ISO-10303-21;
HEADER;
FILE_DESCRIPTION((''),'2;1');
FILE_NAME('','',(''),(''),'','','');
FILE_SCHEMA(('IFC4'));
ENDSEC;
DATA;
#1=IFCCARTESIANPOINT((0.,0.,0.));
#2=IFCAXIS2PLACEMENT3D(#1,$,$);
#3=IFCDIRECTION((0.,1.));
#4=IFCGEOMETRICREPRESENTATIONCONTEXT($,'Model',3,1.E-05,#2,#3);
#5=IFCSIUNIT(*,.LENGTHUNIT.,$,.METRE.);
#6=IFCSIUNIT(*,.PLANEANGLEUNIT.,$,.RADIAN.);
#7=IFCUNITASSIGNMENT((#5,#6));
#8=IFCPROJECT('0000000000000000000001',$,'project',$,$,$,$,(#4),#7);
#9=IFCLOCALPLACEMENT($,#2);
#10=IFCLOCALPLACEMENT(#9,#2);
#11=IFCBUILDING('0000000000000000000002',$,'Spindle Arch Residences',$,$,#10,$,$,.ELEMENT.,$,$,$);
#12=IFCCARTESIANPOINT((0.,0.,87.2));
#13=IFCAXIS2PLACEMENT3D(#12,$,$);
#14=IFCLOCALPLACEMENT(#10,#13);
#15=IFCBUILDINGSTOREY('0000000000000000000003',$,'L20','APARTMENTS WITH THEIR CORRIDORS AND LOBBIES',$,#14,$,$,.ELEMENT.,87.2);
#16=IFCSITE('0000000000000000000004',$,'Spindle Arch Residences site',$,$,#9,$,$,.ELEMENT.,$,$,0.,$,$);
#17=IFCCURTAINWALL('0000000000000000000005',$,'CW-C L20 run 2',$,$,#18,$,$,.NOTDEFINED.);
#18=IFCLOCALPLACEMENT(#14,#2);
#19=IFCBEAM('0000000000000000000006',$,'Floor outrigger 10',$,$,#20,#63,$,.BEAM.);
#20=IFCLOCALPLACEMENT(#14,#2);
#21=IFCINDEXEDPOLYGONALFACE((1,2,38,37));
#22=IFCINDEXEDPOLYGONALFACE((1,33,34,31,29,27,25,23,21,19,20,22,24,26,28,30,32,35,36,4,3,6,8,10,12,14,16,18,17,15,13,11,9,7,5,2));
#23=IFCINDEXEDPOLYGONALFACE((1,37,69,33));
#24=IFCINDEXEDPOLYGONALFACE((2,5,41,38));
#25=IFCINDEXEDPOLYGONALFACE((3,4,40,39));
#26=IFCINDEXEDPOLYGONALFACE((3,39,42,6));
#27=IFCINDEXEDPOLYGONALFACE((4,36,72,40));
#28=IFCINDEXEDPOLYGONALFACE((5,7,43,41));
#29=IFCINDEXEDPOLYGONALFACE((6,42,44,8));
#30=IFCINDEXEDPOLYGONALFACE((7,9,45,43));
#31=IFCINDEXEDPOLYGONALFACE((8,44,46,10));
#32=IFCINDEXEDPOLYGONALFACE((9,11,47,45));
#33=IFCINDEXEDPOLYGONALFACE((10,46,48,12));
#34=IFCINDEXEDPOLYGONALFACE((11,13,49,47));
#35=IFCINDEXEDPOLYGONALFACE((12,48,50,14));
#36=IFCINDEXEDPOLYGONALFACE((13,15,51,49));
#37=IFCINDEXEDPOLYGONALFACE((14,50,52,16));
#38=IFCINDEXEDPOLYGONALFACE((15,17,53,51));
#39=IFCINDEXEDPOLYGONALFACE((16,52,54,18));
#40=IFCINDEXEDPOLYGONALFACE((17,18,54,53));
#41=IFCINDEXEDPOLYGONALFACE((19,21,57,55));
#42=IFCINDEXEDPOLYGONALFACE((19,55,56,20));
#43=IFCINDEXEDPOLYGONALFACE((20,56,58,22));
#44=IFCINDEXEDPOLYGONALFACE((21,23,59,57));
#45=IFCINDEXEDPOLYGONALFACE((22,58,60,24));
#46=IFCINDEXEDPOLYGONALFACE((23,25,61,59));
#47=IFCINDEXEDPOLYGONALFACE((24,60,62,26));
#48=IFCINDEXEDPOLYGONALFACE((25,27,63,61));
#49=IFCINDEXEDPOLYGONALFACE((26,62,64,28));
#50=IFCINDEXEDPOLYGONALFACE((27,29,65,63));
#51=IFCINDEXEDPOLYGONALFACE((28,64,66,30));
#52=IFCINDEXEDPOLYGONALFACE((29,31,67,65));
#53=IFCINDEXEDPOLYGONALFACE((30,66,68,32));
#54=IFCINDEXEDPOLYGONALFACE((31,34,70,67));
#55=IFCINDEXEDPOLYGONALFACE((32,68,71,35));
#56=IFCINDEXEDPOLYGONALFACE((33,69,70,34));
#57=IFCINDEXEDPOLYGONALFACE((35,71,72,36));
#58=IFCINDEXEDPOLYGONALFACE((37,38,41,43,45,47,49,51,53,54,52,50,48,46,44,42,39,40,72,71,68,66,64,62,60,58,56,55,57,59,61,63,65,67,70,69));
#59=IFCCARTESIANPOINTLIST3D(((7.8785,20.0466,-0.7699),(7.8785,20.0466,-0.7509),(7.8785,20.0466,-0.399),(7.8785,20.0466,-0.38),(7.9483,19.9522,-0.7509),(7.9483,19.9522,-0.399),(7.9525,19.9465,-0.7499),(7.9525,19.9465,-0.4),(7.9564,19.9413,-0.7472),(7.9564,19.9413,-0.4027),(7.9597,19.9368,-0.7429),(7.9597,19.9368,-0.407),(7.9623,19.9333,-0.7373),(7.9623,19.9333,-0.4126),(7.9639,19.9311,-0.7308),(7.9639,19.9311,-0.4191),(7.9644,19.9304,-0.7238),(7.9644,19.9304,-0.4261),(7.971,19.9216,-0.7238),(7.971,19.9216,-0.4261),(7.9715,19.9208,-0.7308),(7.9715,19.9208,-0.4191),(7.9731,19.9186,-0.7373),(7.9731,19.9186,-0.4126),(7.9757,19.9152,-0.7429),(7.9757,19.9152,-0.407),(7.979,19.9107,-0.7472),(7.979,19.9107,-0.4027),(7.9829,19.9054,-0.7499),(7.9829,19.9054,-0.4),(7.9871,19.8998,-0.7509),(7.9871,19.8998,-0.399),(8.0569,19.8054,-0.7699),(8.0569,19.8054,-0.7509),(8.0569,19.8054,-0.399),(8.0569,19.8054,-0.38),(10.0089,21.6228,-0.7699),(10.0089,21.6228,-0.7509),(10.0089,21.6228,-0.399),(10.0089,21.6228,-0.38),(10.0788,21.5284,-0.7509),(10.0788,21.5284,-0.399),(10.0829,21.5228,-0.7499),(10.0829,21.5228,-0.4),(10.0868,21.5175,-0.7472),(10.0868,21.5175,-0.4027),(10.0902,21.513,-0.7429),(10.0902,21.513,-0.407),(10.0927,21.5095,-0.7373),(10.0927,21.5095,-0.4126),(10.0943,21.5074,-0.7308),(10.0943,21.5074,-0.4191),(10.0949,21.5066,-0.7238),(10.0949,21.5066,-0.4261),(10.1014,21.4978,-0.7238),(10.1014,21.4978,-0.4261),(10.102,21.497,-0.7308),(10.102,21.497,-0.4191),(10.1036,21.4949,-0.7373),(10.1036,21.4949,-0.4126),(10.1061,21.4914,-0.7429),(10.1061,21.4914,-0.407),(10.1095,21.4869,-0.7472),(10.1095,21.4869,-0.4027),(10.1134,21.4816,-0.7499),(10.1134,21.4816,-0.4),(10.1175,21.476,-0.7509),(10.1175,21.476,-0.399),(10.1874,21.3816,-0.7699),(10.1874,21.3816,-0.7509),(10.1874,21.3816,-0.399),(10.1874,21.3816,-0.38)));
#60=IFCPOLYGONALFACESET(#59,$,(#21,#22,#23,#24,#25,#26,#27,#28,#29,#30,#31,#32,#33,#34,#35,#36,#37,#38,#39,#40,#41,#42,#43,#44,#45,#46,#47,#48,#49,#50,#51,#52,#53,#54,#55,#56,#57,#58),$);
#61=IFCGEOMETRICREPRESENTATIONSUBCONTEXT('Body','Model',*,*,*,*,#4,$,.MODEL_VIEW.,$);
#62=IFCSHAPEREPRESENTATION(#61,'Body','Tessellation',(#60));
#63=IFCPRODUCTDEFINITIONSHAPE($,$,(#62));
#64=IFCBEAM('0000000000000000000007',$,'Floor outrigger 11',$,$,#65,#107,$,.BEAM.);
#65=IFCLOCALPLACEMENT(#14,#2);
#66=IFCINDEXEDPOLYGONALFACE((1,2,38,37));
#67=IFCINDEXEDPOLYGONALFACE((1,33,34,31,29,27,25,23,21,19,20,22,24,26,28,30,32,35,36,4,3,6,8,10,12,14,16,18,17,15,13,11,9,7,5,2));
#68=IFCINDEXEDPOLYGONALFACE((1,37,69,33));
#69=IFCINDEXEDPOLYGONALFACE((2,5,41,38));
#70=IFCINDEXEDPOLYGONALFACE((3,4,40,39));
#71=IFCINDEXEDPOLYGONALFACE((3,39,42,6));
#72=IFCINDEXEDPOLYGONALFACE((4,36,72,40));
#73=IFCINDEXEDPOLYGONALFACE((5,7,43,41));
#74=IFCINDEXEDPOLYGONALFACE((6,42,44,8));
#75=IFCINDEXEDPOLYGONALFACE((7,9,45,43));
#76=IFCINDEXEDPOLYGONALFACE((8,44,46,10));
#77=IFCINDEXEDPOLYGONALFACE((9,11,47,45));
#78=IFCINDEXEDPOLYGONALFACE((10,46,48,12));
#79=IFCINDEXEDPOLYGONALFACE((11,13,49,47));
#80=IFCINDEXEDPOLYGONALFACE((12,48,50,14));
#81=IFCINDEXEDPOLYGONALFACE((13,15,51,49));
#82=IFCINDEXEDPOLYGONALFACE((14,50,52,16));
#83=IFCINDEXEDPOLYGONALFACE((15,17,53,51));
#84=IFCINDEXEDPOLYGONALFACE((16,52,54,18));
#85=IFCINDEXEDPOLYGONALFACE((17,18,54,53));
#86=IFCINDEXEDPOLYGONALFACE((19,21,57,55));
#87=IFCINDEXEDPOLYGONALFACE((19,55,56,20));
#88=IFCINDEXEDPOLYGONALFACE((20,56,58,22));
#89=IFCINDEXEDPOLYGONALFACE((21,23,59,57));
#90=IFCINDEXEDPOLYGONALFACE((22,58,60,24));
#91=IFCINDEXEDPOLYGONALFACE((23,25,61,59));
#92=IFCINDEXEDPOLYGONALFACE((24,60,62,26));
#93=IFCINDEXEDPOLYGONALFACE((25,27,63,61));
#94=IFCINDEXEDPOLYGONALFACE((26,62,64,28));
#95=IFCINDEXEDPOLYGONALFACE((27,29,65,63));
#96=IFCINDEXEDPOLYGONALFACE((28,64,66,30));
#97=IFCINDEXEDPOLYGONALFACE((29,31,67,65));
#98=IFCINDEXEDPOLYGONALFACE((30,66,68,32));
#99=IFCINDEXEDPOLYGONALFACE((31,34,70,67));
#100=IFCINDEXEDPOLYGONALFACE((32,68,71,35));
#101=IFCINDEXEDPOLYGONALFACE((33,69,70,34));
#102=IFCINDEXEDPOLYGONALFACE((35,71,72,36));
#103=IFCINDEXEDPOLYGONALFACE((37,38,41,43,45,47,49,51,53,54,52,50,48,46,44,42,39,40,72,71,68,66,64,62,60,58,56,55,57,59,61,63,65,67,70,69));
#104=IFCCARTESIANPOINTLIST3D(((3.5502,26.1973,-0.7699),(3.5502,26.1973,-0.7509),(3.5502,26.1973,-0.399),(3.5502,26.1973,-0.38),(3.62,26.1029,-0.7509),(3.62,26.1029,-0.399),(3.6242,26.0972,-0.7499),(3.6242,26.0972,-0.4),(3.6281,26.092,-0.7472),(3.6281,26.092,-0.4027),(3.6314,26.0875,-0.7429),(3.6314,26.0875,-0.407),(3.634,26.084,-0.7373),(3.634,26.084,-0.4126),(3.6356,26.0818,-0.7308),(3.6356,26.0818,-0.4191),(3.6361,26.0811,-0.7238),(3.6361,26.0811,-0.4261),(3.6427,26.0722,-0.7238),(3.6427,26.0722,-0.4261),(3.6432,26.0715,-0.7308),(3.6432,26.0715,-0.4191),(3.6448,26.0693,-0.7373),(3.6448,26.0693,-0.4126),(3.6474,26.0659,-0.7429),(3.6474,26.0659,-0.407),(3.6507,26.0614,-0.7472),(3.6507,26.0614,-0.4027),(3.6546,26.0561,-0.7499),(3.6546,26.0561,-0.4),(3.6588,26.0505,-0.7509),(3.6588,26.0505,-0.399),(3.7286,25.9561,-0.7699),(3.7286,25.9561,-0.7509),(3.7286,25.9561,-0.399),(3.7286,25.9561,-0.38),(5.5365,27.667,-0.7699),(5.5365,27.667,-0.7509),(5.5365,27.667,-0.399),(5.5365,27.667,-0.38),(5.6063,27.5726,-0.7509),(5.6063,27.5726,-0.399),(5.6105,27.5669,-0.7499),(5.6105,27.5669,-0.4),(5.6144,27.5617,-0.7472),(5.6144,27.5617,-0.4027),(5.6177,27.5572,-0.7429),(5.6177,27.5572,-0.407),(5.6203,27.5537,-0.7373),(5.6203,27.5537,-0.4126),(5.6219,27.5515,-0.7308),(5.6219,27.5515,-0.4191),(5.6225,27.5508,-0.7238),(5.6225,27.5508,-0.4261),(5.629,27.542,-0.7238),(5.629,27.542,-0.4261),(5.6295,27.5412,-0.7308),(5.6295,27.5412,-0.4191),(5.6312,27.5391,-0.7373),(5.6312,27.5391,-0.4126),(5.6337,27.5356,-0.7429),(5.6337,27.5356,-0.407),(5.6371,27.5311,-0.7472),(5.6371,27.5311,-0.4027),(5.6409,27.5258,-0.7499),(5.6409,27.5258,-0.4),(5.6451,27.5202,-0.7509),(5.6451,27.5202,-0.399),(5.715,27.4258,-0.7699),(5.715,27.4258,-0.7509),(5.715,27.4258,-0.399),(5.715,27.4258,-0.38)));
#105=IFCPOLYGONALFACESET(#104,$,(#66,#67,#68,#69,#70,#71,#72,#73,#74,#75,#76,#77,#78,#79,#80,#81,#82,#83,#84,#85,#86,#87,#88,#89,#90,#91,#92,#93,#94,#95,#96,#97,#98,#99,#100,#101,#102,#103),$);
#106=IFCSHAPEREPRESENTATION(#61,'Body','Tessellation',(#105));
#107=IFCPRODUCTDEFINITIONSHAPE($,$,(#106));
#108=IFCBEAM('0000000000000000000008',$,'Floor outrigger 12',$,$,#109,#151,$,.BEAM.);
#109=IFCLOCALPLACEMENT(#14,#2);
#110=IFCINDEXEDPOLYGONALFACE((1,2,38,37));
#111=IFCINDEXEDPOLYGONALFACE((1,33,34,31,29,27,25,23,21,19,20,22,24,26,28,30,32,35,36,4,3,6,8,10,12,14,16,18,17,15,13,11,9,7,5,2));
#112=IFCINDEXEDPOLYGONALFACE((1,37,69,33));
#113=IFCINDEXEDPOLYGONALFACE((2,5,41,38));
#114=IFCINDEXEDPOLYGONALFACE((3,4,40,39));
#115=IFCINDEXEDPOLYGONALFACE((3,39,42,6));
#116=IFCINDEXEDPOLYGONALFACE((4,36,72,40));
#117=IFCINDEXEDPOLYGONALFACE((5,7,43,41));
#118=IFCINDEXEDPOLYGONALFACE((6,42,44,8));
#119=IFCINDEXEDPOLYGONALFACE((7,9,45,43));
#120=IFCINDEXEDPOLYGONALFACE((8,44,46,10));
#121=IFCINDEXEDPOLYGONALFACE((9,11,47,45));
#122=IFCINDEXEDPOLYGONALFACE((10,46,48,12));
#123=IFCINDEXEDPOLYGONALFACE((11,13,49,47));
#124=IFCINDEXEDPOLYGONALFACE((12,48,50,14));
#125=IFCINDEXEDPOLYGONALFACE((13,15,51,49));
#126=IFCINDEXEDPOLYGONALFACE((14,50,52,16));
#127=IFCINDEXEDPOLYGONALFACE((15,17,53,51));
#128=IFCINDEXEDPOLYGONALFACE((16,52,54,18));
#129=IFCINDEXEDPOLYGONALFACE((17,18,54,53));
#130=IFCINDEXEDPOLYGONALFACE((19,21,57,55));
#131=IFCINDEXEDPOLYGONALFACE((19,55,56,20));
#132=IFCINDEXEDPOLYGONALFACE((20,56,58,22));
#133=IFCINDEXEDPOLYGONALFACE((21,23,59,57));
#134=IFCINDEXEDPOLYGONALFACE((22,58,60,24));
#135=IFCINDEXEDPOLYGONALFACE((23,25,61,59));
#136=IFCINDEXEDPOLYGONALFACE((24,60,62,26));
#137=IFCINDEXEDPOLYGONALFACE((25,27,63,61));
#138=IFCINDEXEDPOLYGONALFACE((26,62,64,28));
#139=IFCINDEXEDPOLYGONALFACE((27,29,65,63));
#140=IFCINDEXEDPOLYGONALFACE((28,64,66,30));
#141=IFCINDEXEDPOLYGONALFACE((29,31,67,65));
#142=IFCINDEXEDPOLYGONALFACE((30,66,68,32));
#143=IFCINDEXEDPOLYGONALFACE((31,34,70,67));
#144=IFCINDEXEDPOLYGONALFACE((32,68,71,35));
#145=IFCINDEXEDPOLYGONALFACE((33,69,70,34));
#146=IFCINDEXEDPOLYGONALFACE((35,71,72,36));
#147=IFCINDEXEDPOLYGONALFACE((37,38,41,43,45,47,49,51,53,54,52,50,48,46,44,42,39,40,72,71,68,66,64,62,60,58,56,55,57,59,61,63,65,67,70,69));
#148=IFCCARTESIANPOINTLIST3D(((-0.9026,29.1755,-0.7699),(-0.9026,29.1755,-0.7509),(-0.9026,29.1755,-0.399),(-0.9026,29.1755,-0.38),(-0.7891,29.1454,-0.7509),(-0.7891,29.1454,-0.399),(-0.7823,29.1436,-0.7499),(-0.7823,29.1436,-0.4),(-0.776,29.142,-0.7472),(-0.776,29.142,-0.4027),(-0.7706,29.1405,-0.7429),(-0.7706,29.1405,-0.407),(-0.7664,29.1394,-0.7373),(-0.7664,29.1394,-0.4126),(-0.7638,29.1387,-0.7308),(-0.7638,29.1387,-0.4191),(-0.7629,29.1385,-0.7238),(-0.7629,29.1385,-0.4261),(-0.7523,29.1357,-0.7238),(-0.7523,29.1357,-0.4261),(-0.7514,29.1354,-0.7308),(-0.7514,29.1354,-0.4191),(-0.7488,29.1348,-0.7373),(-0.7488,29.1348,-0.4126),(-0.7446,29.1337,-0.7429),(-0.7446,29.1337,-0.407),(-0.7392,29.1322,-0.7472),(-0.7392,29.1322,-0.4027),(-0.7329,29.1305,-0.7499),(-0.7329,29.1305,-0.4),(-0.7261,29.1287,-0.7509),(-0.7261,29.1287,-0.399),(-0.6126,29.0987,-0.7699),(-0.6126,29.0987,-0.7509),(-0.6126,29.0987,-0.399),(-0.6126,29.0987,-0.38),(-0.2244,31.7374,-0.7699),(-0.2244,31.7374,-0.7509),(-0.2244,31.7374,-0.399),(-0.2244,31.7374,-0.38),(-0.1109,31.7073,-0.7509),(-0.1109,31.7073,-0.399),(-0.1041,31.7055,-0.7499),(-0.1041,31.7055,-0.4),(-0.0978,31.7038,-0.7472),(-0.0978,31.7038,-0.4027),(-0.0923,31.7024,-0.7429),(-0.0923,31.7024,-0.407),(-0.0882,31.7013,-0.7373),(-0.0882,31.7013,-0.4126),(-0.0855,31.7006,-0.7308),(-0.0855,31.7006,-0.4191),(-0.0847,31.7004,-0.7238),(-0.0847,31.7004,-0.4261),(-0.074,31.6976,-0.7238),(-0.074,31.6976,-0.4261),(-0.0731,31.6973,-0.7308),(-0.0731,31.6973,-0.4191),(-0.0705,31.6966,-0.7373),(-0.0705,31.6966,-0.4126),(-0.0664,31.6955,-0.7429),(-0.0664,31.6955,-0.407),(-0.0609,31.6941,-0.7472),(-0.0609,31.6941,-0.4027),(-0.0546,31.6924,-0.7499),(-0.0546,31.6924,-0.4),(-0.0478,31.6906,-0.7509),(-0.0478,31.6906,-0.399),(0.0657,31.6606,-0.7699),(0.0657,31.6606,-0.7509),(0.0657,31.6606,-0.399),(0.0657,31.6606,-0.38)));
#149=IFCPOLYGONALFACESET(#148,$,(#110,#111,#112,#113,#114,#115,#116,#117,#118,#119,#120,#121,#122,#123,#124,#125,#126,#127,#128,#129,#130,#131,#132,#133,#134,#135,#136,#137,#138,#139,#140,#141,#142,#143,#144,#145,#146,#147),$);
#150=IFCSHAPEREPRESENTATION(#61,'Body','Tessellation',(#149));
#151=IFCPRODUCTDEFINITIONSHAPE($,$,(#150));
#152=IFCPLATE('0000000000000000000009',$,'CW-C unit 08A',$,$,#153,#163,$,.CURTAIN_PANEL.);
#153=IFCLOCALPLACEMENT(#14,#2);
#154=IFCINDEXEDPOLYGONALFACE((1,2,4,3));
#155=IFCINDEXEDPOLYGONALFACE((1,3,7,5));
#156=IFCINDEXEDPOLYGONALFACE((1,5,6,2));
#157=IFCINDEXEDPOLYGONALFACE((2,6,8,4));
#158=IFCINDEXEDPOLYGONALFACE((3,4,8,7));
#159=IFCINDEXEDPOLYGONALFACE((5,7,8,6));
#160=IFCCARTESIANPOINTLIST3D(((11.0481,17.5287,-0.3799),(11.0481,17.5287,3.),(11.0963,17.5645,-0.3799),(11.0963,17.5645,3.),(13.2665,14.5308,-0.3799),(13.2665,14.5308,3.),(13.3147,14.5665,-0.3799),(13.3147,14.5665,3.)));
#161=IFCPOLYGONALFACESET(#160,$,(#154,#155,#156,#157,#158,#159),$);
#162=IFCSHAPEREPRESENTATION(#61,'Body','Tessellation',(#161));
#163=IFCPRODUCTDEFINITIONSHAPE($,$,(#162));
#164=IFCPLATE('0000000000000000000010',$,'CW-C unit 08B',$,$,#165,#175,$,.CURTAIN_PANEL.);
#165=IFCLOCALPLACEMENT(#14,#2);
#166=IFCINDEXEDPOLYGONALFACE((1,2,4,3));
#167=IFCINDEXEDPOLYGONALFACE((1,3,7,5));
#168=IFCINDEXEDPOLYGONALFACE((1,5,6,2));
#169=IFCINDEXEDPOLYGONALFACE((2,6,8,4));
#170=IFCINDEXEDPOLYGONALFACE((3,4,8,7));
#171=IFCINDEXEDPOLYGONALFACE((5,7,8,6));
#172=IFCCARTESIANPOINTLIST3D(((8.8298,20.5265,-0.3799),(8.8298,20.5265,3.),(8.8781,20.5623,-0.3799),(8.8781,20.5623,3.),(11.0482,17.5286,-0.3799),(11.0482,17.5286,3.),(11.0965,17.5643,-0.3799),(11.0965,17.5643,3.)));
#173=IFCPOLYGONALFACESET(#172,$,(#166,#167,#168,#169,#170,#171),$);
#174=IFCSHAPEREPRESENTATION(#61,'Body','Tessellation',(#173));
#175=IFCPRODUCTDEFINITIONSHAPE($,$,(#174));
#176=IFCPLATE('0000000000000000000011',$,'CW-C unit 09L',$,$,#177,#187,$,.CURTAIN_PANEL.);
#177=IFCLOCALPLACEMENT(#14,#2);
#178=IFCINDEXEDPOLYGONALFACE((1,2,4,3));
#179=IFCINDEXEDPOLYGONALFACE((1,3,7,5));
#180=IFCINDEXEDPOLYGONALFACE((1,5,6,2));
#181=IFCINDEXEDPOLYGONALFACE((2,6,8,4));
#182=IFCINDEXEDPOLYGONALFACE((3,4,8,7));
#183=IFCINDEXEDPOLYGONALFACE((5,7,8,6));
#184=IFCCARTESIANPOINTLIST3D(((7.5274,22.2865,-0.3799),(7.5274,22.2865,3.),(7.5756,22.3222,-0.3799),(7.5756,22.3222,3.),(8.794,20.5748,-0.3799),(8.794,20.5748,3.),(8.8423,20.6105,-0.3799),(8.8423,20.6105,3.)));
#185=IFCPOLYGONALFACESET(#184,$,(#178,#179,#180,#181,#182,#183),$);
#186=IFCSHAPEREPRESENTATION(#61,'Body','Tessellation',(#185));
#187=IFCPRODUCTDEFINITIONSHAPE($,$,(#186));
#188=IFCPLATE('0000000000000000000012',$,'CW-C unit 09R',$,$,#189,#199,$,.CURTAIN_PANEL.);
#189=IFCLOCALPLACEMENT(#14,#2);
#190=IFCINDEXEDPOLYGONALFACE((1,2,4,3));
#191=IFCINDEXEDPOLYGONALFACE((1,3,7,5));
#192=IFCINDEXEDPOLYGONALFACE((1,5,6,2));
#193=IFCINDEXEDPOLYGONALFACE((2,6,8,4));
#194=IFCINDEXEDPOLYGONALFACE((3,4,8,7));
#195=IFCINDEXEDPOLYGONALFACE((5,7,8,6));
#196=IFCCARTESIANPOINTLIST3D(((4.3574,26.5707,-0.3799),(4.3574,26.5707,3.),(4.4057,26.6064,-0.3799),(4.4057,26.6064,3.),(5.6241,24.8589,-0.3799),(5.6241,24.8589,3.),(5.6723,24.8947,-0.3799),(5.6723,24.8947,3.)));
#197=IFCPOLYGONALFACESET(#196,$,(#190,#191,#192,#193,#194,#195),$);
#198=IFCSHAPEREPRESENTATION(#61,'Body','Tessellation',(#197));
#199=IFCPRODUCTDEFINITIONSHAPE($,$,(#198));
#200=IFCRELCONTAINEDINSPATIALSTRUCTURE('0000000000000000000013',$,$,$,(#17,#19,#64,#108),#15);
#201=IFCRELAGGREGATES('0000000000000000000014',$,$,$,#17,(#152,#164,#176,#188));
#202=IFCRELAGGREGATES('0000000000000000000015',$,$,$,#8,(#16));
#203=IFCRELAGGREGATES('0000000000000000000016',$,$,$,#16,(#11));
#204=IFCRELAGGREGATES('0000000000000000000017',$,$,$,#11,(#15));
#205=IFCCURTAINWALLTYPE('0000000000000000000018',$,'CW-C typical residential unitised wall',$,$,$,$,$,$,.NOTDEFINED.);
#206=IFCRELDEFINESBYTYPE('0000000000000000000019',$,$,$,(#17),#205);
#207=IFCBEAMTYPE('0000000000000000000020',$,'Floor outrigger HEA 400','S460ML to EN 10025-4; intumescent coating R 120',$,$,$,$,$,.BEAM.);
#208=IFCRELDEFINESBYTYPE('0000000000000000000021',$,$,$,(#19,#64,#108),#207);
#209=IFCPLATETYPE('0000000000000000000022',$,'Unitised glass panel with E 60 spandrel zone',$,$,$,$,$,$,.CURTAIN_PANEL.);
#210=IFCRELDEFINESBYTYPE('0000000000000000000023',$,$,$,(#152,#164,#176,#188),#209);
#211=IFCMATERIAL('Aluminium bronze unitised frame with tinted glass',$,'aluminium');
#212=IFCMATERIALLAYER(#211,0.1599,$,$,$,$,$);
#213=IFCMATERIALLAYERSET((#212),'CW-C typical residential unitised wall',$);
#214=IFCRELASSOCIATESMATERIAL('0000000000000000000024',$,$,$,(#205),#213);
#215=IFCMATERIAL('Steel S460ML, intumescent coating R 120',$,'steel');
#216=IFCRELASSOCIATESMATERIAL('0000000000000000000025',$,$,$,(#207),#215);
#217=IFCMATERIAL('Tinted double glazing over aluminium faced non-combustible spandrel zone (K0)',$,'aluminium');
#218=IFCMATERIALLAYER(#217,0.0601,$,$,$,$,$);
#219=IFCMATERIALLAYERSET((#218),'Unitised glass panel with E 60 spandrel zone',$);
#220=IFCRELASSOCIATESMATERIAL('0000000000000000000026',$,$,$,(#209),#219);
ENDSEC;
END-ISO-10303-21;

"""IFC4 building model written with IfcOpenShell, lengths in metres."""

from ifc_helpers import new_model, si_unit, direction, frame, origin, origin_2d, place, context, subcontext, project, spatial, rectangle, i_section, extrude, material, layer, layer_set, material_profile, profile_set, type_object, element, aggregate, save


model = new_model("IFC4")

# Units and contexts
model_context = context("Model", 3, precision=1e-05, world=origin(), true_north=direction((0.0, 1.0)))
body_context = subcontext(model_context, "Body", "Model", "MODEL_VIEW")
ifc_project = project(units=[si_unit("LENGTHUNIT", "METRE"), si_unit("PLANEANGLEUNIT", "RADIAN")], contexts=[model_context])

# Site, building, storey
site_placement = place(None, origin())
site = spatial("IfcSite", under=ifc_project, at=site_placement, Name="Spindle Arch Residences site", CompositionType="ELEMENT", RefElevation=0.0)
building_placement = place(site_placement, origin())
building = spatial("IfcBuilding", under=site, at=building_placement, Name="Spindle Arch Residences", CompositionType="ELEMENT")
storey_placement = place(building_placement, frame((0.0, 0.0, 87.2)))
storey = spatial("IfcBuildingStorey", under=building, at=storey_placement, Name="L20", Description="APARTMENTS WITH THEIR CORRIDORS AND LOBBIES", CompositionType="ELEMENT", Elevation=87.2)

# Curtain wall
ifc_material_1 = material(Name="Aluminium bronze unitised frame with tinted glass", Category="aluminium")
ifc_layer_1 = layer(ifc_material_1, 0.1599)
ifc_layer_set_1 = layer_set([ifc_layer_1], Name="CW-C typical residential unitised wall")
curtain_wall_type_1 = type_object("IfcCurtainWallType", Name="CW-C typical residential unitised wall", PredefinedType="NOTDEFINED", material=ifc_layer_set_1)
curtain_wall_1_placement = place(storey_placement, origin())
curtain_wall_1 = element("IfcCurtainWall", 1, at=curtain_wall_1_placement, inside=storey, type_object=curtain_wall_type_1, Name="CW-C L20 run 2", PredefinedType="NOTDEFINED")

# Beams
ifc_material_2 = material(Name="Steel S460ML, intumescent coating R 120", Category="steel")
ifc_material_profile_1 = material_profile(ifc_material_2, i_section(OverallWidth=0.3, OverallDepth=0.3899, WebThickness=0.011, FlangeThickness=0.019, FilletRadius=0.0271, at=origin_2d()), Name="HEA 400")
ifc_profile_set_1 = profile_set([ifc_material_profile_1], Name="Steel S460ML, intumescent coating R 120")
beam_type_1 = type_object("IfcBeamType", Name="Floor outrigger HEA 400", Description="S460ML to EN 10025-4; intumescent coating R 120", PredefinedType="BEAM", material=ifc_profile_set_1)
beam_1_placement = place(storey_placement, frame((10.0981, 21.5022, -0.575), z_axis=(-0.803897, -0.594769, 0.0), x_axis=(0.594769, -0.803897, 0.0)))
element("IfcBeam", 2, at=beam_1_placement, inside=storey, type_object=beam_type_1, Name="Floor outrigger 10", PredefinedType="BEAM", context=body_context, shape_type="SweptSolid", body=[
    extrude(i_section(OverallWidth=0.3, OverallDepth=0.3899, WebThickness=0.011, FlangeThickness=0.019, FilletRadius=0.0271, at=origin_2d()), origin(), (0.0, 0.0, 1.0), 2.6501),
])
beam_2_placement = place(storey_placement, frame((5.6257, 27.5464, -0.575), z_axis=(-0.803872, -0.594802, 0.0), x_axis=(0.594802, -0.803872, 0.0)))
element("IfcBeam", 3, at=beam_2_placement, inside=storey, type_object=beam_type_1, Name="Floor outrigger 11", PredefinedType="BEAM", context=body_context, shape_type="SweptSolid", body=[
    extrude(i_section(OverallWidth=0.3, OverallDepth=0.3899, WebThickness=0.011, FlangeThickness=0.019, FilletRadius=0.0271, at=origin_2d()), origin(), (0.0, 0.0, 1.0), 2.4709),
])
beam_3_placement = place(storey_placement, frame((-0.0793, 31.699, -0.575), z_axis=(-0.255931, -0.966695, 0.0), x_axis=(0.966695, -0.255931, 0.0)))
element("IfcBeam", 4, at=beam_3_placement, inside=storey, type_object=beam_type_1, Name="Floor outrigger 12", PredefinedType="BEAM", context=body_context, shape_type="SweptSolid", body=[
    extrude(i_section(OverallWidth=0.3, OverallDepth=0.3899, WebThickness=0.011, FlangeThickness=0.019, FilletRadius=0.0271, at=origin_2d()), origin(), (0.0, 0.0, 1.0), 2.6501),
])

# Plates
ifc_material_3 = material(Name="Tinted double glazing over aluminium faced non-combustible spandrel zone (K0)", Category="aluminium")
ifc_layer_2 = layer(ifc_material_3, 0.0601)
ifc_layer_set_2 = layer_set([ifc_layer_2], Name="Unitised glass panel with E 60 spandrel zone")
plate_type = type_object("IfcPlateType", Name="Unitised glass panel with E 60 spandrel zone", PredefinedType="CURTAIN_PANEL", material=ifc_layer_set_2)
plate_1_placement = place(storey_placement, frame((12.1814, 16.0476, -0.3799), z_axis=(0.0, 0.0, 1.0), x_axis=(-0.594823, 0.803857, 0.0)))
plate_1 = element("IfcPlate", 5, at=plate_1_placement, type_object=plate_type, Name="CW-C unit 08A", PredefinedType="CURTAIN_PANEL", context=body_context, shape_type="SweptSolid", body=[
    extrude(rectangle(XDim=3.7295, YDim=0.0601, at=origin_2d()), origin(), (0.0, 0.0, 1.0), 3.3799),
])
plate_2_placement = place(storey_placement, frame((9.9631, 19.0454, -0.3799), z_axis=(0.0, 0.0, 1.0), x_axis=(-0.594823, 0.803857, 0.0)))
plate_2 = element("IfcPlate", 6, at=plate_2_placement, type_object=plate_type, Name="CW-C unit 08B", PredefinedType="CURTAIN_PANEL", context=body_context, shape_type="SweptSolid", body=[
    extrude(rectangle(XDim=3.7295, YDim=0.0601, at=origin_2d()), origin(), (0.0, 0.0, 1.0), 3.3799),
])
plate_3_placement = place(storey_placement, frame((8.1848, 21.4485, -0.3799), z_axis=(0.0, 0.0, 1.0), x_axis=(-0.594823, 0.803857, 0.0)))
plate_3 = element("IfcPlate", 7, at=plate_3_placement, type_object=plate_type, Name="CW-C unit 09L", PredefinedType="CURTAIN_PANEL", context=body_context, shape_type="SweptSolid", body=[
    extrude(rectangle(XDim=2.1294, YDim=0.0601, at=origin_2d()), origin(), (0.0, 0.0, 1.0), 3.3799),
])
plate_4_placement = place(storey_placement, frame((5.0149, 25.7327, -0.3799), z_axis=(0.0, 0.0, 1.0), x_axis=(-0.594823, 0.803857, 0.0)))
plate_4 = element("IfcPlate", 8, at=plate_4_placement, type_object=plate_type, Name="CW-C unit 09R", PredefinedType="CURTAIN_PANEL", context=body_context, shape_type="SweptSolid", body=[
    extrude(rectangle(XDim=2.1294, YDim=0.0601, at=origin_2d()), origin(), (0.0, 0.0, 1.0), 3.3799),
])
aggregate(curtain_wall_1, [plate_1, plate_2, plate_3, plate_4])

save(model, "model.ifc")
